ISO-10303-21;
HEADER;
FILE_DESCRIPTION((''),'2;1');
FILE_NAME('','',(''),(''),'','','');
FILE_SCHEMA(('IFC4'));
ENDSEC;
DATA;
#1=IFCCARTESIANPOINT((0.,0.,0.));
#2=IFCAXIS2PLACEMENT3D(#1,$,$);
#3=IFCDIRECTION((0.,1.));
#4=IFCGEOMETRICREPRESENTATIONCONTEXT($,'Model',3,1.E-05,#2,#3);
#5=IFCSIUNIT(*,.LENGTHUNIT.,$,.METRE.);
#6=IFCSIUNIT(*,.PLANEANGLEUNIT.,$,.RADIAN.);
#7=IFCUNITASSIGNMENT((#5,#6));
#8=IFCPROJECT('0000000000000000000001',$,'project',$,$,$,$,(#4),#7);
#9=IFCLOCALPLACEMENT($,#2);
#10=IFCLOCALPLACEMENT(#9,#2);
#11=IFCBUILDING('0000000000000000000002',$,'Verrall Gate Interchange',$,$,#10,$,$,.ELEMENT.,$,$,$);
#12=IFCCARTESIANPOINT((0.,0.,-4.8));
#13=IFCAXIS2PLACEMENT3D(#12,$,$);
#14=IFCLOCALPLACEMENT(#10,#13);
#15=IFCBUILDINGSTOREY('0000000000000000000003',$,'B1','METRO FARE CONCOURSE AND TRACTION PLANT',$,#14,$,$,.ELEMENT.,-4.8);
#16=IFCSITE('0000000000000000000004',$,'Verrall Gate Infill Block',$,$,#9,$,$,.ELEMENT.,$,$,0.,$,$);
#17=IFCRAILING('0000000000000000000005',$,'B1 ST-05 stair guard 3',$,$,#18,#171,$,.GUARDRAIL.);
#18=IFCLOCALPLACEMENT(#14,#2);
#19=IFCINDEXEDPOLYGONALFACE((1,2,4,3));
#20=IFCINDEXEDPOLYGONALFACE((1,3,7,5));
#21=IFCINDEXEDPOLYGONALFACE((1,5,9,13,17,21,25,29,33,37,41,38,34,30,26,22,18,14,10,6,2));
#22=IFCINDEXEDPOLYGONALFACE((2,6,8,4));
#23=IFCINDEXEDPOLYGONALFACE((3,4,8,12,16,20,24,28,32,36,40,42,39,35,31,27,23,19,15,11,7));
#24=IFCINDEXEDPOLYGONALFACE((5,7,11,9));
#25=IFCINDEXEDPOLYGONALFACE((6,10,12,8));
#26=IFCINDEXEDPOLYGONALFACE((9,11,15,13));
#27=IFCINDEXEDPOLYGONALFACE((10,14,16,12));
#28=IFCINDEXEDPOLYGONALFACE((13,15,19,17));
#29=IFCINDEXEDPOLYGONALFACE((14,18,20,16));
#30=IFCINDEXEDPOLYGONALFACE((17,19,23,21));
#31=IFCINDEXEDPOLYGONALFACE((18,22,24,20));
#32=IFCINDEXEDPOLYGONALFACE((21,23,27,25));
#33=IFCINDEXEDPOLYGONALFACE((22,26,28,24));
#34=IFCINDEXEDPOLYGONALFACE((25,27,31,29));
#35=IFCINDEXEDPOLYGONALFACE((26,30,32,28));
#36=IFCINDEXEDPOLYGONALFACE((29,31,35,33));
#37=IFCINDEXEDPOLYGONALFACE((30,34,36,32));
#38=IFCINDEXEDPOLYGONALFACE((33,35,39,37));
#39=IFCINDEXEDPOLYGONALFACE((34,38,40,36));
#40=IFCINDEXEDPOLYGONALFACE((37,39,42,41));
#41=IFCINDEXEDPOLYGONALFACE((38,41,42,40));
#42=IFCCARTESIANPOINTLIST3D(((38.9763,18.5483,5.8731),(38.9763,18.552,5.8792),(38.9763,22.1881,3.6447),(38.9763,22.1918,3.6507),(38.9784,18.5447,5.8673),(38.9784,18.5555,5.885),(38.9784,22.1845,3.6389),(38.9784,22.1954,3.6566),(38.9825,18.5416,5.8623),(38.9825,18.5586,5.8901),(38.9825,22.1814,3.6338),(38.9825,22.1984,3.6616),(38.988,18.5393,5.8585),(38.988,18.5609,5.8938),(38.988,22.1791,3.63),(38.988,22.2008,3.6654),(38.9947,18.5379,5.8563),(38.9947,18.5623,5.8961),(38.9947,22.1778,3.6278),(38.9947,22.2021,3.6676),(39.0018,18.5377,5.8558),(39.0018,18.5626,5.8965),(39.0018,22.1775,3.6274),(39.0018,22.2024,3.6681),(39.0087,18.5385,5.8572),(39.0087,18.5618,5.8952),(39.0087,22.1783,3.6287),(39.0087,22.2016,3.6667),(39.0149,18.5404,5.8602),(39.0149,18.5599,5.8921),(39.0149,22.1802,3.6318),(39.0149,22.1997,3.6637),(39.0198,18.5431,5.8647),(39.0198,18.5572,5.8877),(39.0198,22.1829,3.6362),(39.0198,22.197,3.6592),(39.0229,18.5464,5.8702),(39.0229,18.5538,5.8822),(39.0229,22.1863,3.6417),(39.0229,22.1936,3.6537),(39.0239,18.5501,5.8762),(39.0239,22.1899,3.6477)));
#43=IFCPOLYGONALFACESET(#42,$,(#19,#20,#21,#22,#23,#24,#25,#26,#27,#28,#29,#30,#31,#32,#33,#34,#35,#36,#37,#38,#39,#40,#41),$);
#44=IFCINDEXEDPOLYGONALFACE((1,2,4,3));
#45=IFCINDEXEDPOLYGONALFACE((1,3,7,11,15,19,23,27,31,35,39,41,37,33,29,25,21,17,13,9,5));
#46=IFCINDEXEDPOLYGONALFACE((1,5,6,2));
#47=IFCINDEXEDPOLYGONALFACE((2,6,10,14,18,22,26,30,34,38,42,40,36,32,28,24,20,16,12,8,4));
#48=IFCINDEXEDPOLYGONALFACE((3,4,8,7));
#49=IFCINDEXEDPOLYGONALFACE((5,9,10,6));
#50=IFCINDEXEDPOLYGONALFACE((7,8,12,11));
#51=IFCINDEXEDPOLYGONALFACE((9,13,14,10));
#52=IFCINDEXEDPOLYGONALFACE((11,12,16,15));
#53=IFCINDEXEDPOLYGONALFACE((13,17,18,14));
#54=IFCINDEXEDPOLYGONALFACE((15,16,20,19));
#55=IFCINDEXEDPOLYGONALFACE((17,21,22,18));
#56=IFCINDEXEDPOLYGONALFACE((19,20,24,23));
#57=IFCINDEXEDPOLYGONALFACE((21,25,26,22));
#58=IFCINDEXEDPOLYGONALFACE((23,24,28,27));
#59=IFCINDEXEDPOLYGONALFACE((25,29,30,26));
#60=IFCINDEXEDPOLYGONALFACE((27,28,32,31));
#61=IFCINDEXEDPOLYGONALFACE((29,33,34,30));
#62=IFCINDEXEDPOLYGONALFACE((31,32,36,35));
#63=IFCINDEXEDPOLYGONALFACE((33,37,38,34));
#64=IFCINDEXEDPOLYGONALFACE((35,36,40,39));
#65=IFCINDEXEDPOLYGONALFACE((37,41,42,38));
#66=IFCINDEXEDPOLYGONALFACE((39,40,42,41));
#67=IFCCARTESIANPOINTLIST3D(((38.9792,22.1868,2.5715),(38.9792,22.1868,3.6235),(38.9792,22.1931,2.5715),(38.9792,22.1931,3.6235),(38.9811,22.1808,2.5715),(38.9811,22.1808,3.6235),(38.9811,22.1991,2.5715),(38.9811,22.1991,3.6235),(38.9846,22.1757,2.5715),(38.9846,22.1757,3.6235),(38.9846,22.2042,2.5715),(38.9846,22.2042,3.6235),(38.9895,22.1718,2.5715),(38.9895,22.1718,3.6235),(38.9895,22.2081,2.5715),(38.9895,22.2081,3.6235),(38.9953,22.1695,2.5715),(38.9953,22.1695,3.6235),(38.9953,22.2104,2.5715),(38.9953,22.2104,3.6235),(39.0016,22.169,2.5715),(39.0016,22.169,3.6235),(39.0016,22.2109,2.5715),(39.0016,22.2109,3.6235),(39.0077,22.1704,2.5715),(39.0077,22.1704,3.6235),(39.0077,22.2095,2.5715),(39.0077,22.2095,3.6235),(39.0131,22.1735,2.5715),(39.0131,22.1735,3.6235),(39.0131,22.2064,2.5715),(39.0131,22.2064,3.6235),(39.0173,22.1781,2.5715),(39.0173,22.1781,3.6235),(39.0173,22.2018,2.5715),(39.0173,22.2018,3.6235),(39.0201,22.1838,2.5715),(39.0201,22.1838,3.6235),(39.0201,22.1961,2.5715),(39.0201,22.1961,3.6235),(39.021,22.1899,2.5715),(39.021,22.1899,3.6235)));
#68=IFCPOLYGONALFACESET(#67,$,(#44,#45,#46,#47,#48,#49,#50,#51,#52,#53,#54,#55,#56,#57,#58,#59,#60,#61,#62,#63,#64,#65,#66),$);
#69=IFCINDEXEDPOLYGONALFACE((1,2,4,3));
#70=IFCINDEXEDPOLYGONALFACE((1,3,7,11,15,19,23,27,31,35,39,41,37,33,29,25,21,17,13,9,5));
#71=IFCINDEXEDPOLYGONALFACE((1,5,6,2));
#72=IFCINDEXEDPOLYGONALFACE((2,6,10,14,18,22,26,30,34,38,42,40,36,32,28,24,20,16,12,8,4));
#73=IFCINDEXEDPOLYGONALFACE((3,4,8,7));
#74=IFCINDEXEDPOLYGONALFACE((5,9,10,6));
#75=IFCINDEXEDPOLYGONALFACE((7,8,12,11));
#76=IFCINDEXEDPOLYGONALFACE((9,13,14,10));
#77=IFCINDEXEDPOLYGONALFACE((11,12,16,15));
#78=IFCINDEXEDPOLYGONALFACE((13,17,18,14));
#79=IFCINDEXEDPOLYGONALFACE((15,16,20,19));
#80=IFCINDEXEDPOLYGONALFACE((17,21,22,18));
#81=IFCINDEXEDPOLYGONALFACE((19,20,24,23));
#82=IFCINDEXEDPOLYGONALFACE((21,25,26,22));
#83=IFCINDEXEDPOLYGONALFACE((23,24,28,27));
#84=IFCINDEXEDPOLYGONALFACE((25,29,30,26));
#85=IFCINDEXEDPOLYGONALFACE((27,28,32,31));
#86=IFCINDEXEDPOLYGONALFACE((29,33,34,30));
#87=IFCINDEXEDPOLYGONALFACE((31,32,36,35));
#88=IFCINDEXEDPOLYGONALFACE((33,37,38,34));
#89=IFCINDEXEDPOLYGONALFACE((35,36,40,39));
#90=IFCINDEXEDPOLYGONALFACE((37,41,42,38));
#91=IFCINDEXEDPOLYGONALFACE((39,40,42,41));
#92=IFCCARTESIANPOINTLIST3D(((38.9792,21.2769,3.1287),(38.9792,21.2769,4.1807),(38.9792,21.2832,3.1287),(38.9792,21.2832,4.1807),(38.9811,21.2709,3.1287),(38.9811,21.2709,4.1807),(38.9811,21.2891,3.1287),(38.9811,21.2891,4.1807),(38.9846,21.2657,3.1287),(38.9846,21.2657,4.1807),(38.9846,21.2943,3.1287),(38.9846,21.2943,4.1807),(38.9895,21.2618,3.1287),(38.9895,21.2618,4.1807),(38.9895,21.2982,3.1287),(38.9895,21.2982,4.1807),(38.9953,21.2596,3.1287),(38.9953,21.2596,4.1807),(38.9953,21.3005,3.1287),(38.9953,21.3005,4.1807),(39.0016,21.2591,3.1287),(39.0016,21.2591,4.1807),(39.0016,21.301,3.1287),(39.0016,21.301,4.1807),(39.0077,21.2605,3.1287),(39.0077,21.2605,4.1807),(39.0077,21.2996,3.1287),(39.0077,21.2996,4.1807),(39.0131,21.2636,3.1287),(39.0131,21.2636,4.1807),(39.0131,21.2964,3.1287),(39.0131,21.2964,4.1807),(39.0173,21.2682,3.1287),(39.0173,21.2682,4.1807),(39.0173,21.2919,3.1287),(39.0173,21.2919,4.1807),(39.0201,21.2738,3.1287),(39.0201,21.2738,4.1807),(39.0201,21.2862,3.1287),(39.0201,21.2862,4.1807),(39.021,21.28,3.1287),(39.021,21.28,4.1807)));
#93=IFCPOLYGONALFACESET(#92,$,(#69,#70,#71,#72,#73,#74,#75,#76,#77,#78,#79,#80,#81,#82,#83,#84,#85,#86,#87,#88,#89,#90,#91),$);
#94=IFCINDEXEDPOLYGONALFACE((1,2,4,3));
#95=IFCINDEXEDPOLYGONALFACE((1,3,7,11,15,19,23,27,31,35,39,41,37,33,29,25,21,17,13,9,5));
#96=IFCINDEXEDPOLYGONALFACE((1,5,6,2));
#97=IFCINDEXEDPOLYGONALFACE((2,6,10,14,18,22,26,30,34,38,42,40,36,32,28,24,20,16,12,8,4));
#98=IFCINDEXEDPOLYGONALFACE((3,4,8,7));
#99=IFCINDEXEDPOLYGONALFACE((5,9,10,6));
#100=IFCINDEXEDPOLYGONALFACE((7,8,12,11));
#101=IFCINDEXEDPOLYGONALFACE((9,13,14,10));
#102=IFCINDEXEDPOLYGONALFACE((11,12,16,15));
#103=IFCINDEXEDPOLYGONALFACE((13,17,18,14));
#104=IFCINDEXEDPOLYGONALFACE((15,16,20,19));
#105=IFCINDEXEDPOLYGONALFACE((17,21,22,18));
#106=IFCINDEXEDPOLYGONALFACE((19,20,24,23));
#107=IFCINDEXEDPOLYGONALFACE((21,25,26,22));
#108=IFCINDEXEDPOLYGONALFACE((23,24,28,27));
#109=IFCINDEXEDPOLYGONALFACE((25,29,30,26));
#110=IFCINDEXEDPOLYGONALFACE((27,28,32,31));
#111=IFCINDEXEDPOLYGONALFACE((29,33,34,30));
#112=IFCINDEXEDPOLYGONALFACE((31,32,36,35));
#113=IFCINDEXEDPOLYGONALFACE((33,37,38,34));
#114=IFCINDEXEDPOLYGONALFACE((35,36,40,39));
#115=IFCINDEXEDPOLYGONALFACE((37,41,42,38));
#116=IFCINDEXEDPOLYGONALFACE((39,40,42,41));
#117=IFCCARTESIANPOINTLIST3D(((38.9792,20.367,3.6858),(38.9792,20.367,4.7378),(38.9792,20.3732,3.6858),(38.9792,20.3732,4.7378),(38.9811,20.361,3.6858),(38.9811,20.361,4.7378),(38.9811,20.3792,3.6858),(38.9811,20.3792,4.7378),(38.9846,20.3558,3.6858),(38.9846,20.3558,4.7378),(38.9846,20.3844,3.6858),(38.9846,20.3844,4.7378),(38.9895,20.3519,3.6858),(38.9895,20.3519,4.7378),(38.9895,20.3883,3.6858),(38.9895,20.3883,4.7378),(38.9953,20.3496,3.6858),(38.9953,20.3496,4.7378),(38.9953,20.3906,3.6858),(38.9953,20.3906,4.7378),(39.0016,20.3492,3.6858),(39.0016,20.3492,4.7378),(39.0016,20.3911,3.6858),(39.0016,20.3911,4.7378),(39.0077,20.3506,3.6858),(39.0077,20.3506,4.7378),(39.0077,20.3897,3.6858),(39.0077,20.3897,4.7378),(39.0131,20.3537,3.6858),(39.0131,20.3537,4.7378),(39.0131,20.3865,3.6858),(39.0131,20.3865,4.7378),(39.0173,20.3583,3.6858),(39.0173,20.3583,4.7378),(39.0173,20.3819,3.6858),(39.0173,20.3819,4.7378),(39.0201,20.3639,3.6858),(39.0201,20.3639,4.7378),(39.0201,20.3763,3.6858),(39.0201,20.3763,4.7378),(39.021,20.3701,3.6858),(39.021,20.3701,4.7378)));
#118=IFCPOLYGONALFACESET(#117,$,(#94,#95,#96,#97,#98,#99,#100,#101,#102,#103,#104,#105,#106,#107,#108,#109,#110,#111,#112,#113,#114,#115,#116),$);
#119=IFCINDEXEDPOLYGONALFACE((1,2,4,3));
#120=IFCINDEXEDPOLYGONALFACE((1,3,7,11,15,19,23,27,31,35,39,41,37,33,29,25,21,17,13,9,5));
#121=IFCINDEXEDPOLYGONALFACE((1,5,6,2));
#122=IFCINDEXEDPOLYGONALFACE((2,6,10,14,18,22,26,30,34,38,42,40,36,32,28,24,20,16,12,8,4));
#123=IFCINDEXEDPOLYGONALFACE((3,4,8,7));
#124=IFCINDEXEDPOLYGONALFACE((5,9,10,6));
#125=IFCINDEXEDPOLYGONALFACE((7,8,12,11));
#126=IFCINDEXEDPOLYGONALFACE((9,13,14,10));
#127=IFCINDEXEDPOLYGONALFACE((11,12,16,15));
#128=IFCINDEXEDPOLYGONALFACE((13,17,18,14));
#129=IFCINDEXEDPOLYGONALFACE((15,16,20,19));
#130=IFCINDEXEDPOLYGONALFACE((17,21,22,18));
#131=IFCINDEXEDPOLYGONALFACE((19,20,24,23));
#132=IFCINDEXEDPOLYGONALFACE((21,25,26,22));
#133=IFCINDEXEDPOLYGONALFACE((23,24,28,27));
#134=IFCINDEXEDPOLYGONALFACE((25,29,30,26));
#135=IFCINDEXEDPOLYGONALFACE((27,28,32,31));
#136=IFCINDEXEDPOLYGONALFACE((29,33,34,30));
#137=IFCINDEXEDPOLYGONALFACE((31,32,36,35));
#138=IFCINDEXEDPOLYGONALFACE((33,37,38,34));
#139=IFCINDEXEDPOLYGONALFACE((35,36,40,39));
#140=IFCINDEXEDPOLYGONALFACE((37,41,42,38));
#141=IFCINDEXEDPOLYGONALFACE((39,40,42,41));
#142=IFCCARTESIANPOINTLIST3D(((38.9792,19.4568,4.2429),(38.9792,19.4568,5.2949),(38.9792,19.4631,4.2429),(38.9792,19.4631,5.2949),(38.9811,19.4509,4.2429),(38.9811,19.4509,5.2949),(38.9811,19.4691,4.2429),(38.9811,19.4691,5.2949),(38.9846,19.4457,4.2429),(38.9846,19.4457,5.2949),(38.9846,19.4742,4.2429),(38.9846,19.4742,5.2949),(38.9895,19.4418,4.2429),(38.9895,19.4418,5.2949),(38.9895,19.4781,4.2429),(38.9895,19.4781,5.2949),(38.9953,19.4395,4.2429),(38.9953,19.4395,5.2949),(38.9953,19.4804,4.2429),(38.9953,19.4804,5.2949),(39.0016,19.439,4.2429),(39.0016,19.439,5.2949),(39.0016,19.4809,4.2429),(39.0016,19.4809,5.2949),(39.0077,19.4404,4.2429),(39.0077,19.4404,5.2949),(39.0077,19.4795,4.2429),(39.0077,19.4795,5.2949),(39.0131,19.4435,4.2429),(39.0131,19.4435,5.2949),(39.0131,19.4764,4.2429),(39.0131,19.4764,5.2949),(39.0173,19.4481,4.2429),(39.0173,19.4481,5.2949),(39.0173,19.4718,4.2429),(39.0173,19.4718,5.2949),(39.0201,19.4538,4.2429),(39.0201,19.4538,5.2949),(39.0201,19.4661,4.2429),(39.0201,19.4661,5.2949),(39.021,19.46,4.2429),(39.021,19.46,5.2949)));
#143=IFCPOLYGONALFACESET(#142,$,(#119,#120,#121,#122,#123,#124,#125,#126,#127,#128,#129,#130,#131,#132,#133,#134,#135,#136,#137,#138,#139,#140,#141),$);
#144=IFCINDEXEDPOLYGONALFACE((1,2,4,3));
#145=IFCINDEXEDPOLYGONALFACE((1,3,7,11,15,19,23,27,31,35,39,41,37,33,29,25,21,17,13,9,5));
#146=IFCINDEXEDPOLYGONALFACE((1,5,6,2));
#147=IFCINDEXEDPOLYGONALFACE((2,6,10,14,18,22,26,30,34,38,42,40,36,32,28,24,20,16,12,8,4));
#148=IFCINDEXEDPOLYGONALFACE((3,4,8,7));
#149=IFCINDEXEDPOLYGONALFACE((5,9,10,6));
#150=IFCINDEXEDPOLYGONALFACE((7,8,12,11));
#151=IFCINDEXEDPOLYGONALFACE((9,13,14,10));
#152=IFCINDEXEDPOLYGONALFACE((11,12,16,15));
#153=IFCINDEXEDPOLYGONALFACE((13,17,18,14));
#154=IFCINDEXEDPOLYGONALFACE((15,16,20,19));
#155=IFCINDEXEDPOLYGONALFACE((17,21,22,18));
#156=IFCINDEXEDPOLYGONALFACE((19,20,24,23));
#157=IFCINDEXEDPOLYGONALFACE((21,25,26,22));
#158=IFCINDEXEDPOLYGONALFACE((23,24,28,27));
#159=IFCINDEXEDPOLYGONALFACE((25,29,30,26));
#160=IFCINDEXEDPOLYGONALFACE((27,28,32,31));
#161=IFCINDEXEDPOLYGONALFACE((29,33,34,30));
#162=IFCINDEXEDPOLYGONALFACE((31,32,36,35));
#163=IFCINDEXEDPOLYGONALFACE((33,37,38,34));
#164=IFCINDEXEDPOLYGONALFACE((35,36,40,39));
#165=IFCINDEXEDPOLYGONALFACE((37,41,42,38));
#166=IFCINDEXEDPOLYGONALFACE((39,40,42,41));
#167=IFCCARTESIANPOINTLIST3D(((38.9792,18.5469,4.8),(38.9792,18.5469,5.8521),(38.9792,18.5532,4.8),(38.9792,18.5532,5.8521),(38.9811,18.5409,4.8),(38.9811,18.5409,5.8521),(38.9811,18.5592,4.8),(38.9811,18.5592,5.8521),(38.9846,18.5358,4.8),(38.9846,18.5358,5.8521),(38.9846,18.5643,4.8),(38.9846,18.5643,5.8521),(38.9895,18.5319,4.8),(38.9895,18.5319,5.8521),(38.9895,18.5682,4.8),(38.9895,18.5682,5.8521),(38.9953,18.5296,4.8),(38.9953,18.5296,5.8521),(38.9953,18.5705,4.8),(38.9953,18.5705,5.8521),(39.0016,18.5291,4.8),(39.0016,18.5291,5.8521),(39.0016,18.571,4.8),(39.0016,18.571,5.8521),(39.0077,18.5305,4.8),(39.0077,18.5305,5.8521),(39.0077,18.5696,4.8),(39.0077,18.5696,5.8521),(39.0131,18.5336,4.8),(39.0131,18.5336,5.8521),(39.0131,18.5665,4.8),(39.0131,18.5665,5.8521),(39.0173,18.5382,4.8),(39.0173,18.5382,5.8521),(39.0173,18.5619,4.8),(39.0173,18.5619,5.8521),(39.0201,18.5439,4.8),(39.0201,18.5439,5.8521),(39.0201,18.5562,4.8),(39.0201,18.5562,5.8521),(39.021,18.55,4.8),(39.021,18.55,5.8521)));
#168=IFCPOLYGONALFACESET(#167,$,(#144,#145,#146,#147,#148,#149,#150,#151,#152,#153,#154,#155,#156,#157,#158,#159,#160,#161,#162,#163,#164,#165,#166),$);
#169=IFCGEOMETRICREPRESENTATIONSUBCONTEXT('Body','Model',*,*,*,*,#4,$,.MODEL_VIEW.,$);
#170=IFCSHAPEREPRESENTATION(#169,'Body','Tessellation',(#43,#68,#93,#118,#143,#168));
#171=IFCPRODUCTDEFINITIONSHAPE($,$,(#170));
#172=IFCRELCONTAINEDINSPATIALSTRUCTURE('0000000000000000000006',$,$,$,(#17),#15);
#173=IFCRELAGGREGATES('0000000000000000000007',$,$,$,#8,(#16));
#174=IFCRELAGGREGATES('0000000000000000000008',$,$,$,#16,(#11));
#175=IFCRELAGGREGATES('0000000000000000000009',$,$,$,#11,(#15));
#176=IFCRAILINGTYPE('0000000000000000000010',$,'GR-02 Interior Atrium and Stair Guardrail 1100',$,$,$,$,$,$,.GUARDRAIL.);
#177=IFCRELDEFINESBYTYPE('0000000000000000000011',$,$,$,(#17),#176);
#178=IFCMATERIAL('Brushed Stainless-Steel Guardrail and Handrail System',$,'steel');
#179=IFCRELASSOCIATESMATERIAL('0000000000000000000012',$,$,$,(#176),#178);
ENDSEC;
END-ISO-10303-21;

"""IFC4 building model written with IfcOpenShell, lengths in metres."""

from ifc_helpers import new_model, si_unit, direction, frame, origin, origin_2d, place, context, subcontext, project, spatial, circle, extrude, material, type_object, element, save


model = new_model("IFC4")

# Units and contexts
model_context = context("Model", 3, precision=1e-05, world=origin(), true_north=direction((0.0, 1.0)))
body_context = subcontext(model_context, "Body", "Model", "MODEL_VIEW")
ifc_project = project(units=[si_unit("LENGTHUNIT", "METRE"), si_unit("PLANEANGLEUNIT", "RADIAN")], contexts=[model_context])

# Site, building, storey
site_placement = place(None, origin())
site = spatial("IfcSite", under=ifc_project, at=site_placement, Name="Verrall Gate Infill Block", CompositionType="ELEMENT", RefElevation=0.0)
building_placement = place(site_placement, origin())
building = spatial("IfcBuilding", under=site, at=building_placement, Name="Verrall Gate Interchange", CompositionType="ELEMENT")
storey_placement = place(building_placement, frame((0.0, 0.0, -4.8)))
storey = spatial("IfcBuildingStorey", under=building, at=storey_placement, Name="B1", Description="METRO FARE CONCOURSE AND TRACTION PLANT", CompositionType="ELEMENT", Elevation=-4.8)

# Railing
ifc_material_1 = material(Name="Brushed Stainless-Steel Guardrail and Handrail System", Category="steel")
railing_type_1 = type_object("IfcRailingType", Name="GR-02 Interior Atrium and Stair Guardrail 1100", PredefinedType="GUARDRAIL", material=ifc_material_1)
railing_1_placement = place(storey_placement, frame((39.0, 22.1899, 2.5715)))
element("IfcRailing", 1, at=railing_1_placement, inside=storey, type_object=railing_type_1, Name="B1 ST-05 stair guard 3", PredefinedType="GUARDRAIL", context=body_context, shape_type="SweptSolid", body=[
    extrude(circle(Radius=0.0239, at=origin_2d()), frame((0.0, 0.0, 1.0762), z_axis=(0.0, -0.85285, 0.522156), x_axis=(1.0, 0.0, 0.0)), (0.0, 0.0, 1.0), 4.2678),
    extrude(circle(Radius=0.021, at=origin_2d()), origin(), (0.0, 0.0, 1.0), 1.052),
    extrude(circle(Radius=0.021, at=origin_2d()), frame((0.0, -0.9099, 0.5571)), (0.0, 0.0, 1.0), 1.052),
    extrude(circle(Radius=0.021, at=origin_2d()), frame((0.0, -1.8198, 1.1143)), (0.0, 0.0, 1.0), 1.052),
    extrude(circle(Radius=0.021, at=origin_2d()), frame((0.0, -2.73, 1.6714)), (0.0, 0.0, 1.0), 1.052),
    extrude(circle(Radius=0.021, at=origin_2d()), frame((0.0, -3.6399, 2.2285)), (0.0, 0.0, 1.0), 1.052),
])

save(model, "model.ifc")
